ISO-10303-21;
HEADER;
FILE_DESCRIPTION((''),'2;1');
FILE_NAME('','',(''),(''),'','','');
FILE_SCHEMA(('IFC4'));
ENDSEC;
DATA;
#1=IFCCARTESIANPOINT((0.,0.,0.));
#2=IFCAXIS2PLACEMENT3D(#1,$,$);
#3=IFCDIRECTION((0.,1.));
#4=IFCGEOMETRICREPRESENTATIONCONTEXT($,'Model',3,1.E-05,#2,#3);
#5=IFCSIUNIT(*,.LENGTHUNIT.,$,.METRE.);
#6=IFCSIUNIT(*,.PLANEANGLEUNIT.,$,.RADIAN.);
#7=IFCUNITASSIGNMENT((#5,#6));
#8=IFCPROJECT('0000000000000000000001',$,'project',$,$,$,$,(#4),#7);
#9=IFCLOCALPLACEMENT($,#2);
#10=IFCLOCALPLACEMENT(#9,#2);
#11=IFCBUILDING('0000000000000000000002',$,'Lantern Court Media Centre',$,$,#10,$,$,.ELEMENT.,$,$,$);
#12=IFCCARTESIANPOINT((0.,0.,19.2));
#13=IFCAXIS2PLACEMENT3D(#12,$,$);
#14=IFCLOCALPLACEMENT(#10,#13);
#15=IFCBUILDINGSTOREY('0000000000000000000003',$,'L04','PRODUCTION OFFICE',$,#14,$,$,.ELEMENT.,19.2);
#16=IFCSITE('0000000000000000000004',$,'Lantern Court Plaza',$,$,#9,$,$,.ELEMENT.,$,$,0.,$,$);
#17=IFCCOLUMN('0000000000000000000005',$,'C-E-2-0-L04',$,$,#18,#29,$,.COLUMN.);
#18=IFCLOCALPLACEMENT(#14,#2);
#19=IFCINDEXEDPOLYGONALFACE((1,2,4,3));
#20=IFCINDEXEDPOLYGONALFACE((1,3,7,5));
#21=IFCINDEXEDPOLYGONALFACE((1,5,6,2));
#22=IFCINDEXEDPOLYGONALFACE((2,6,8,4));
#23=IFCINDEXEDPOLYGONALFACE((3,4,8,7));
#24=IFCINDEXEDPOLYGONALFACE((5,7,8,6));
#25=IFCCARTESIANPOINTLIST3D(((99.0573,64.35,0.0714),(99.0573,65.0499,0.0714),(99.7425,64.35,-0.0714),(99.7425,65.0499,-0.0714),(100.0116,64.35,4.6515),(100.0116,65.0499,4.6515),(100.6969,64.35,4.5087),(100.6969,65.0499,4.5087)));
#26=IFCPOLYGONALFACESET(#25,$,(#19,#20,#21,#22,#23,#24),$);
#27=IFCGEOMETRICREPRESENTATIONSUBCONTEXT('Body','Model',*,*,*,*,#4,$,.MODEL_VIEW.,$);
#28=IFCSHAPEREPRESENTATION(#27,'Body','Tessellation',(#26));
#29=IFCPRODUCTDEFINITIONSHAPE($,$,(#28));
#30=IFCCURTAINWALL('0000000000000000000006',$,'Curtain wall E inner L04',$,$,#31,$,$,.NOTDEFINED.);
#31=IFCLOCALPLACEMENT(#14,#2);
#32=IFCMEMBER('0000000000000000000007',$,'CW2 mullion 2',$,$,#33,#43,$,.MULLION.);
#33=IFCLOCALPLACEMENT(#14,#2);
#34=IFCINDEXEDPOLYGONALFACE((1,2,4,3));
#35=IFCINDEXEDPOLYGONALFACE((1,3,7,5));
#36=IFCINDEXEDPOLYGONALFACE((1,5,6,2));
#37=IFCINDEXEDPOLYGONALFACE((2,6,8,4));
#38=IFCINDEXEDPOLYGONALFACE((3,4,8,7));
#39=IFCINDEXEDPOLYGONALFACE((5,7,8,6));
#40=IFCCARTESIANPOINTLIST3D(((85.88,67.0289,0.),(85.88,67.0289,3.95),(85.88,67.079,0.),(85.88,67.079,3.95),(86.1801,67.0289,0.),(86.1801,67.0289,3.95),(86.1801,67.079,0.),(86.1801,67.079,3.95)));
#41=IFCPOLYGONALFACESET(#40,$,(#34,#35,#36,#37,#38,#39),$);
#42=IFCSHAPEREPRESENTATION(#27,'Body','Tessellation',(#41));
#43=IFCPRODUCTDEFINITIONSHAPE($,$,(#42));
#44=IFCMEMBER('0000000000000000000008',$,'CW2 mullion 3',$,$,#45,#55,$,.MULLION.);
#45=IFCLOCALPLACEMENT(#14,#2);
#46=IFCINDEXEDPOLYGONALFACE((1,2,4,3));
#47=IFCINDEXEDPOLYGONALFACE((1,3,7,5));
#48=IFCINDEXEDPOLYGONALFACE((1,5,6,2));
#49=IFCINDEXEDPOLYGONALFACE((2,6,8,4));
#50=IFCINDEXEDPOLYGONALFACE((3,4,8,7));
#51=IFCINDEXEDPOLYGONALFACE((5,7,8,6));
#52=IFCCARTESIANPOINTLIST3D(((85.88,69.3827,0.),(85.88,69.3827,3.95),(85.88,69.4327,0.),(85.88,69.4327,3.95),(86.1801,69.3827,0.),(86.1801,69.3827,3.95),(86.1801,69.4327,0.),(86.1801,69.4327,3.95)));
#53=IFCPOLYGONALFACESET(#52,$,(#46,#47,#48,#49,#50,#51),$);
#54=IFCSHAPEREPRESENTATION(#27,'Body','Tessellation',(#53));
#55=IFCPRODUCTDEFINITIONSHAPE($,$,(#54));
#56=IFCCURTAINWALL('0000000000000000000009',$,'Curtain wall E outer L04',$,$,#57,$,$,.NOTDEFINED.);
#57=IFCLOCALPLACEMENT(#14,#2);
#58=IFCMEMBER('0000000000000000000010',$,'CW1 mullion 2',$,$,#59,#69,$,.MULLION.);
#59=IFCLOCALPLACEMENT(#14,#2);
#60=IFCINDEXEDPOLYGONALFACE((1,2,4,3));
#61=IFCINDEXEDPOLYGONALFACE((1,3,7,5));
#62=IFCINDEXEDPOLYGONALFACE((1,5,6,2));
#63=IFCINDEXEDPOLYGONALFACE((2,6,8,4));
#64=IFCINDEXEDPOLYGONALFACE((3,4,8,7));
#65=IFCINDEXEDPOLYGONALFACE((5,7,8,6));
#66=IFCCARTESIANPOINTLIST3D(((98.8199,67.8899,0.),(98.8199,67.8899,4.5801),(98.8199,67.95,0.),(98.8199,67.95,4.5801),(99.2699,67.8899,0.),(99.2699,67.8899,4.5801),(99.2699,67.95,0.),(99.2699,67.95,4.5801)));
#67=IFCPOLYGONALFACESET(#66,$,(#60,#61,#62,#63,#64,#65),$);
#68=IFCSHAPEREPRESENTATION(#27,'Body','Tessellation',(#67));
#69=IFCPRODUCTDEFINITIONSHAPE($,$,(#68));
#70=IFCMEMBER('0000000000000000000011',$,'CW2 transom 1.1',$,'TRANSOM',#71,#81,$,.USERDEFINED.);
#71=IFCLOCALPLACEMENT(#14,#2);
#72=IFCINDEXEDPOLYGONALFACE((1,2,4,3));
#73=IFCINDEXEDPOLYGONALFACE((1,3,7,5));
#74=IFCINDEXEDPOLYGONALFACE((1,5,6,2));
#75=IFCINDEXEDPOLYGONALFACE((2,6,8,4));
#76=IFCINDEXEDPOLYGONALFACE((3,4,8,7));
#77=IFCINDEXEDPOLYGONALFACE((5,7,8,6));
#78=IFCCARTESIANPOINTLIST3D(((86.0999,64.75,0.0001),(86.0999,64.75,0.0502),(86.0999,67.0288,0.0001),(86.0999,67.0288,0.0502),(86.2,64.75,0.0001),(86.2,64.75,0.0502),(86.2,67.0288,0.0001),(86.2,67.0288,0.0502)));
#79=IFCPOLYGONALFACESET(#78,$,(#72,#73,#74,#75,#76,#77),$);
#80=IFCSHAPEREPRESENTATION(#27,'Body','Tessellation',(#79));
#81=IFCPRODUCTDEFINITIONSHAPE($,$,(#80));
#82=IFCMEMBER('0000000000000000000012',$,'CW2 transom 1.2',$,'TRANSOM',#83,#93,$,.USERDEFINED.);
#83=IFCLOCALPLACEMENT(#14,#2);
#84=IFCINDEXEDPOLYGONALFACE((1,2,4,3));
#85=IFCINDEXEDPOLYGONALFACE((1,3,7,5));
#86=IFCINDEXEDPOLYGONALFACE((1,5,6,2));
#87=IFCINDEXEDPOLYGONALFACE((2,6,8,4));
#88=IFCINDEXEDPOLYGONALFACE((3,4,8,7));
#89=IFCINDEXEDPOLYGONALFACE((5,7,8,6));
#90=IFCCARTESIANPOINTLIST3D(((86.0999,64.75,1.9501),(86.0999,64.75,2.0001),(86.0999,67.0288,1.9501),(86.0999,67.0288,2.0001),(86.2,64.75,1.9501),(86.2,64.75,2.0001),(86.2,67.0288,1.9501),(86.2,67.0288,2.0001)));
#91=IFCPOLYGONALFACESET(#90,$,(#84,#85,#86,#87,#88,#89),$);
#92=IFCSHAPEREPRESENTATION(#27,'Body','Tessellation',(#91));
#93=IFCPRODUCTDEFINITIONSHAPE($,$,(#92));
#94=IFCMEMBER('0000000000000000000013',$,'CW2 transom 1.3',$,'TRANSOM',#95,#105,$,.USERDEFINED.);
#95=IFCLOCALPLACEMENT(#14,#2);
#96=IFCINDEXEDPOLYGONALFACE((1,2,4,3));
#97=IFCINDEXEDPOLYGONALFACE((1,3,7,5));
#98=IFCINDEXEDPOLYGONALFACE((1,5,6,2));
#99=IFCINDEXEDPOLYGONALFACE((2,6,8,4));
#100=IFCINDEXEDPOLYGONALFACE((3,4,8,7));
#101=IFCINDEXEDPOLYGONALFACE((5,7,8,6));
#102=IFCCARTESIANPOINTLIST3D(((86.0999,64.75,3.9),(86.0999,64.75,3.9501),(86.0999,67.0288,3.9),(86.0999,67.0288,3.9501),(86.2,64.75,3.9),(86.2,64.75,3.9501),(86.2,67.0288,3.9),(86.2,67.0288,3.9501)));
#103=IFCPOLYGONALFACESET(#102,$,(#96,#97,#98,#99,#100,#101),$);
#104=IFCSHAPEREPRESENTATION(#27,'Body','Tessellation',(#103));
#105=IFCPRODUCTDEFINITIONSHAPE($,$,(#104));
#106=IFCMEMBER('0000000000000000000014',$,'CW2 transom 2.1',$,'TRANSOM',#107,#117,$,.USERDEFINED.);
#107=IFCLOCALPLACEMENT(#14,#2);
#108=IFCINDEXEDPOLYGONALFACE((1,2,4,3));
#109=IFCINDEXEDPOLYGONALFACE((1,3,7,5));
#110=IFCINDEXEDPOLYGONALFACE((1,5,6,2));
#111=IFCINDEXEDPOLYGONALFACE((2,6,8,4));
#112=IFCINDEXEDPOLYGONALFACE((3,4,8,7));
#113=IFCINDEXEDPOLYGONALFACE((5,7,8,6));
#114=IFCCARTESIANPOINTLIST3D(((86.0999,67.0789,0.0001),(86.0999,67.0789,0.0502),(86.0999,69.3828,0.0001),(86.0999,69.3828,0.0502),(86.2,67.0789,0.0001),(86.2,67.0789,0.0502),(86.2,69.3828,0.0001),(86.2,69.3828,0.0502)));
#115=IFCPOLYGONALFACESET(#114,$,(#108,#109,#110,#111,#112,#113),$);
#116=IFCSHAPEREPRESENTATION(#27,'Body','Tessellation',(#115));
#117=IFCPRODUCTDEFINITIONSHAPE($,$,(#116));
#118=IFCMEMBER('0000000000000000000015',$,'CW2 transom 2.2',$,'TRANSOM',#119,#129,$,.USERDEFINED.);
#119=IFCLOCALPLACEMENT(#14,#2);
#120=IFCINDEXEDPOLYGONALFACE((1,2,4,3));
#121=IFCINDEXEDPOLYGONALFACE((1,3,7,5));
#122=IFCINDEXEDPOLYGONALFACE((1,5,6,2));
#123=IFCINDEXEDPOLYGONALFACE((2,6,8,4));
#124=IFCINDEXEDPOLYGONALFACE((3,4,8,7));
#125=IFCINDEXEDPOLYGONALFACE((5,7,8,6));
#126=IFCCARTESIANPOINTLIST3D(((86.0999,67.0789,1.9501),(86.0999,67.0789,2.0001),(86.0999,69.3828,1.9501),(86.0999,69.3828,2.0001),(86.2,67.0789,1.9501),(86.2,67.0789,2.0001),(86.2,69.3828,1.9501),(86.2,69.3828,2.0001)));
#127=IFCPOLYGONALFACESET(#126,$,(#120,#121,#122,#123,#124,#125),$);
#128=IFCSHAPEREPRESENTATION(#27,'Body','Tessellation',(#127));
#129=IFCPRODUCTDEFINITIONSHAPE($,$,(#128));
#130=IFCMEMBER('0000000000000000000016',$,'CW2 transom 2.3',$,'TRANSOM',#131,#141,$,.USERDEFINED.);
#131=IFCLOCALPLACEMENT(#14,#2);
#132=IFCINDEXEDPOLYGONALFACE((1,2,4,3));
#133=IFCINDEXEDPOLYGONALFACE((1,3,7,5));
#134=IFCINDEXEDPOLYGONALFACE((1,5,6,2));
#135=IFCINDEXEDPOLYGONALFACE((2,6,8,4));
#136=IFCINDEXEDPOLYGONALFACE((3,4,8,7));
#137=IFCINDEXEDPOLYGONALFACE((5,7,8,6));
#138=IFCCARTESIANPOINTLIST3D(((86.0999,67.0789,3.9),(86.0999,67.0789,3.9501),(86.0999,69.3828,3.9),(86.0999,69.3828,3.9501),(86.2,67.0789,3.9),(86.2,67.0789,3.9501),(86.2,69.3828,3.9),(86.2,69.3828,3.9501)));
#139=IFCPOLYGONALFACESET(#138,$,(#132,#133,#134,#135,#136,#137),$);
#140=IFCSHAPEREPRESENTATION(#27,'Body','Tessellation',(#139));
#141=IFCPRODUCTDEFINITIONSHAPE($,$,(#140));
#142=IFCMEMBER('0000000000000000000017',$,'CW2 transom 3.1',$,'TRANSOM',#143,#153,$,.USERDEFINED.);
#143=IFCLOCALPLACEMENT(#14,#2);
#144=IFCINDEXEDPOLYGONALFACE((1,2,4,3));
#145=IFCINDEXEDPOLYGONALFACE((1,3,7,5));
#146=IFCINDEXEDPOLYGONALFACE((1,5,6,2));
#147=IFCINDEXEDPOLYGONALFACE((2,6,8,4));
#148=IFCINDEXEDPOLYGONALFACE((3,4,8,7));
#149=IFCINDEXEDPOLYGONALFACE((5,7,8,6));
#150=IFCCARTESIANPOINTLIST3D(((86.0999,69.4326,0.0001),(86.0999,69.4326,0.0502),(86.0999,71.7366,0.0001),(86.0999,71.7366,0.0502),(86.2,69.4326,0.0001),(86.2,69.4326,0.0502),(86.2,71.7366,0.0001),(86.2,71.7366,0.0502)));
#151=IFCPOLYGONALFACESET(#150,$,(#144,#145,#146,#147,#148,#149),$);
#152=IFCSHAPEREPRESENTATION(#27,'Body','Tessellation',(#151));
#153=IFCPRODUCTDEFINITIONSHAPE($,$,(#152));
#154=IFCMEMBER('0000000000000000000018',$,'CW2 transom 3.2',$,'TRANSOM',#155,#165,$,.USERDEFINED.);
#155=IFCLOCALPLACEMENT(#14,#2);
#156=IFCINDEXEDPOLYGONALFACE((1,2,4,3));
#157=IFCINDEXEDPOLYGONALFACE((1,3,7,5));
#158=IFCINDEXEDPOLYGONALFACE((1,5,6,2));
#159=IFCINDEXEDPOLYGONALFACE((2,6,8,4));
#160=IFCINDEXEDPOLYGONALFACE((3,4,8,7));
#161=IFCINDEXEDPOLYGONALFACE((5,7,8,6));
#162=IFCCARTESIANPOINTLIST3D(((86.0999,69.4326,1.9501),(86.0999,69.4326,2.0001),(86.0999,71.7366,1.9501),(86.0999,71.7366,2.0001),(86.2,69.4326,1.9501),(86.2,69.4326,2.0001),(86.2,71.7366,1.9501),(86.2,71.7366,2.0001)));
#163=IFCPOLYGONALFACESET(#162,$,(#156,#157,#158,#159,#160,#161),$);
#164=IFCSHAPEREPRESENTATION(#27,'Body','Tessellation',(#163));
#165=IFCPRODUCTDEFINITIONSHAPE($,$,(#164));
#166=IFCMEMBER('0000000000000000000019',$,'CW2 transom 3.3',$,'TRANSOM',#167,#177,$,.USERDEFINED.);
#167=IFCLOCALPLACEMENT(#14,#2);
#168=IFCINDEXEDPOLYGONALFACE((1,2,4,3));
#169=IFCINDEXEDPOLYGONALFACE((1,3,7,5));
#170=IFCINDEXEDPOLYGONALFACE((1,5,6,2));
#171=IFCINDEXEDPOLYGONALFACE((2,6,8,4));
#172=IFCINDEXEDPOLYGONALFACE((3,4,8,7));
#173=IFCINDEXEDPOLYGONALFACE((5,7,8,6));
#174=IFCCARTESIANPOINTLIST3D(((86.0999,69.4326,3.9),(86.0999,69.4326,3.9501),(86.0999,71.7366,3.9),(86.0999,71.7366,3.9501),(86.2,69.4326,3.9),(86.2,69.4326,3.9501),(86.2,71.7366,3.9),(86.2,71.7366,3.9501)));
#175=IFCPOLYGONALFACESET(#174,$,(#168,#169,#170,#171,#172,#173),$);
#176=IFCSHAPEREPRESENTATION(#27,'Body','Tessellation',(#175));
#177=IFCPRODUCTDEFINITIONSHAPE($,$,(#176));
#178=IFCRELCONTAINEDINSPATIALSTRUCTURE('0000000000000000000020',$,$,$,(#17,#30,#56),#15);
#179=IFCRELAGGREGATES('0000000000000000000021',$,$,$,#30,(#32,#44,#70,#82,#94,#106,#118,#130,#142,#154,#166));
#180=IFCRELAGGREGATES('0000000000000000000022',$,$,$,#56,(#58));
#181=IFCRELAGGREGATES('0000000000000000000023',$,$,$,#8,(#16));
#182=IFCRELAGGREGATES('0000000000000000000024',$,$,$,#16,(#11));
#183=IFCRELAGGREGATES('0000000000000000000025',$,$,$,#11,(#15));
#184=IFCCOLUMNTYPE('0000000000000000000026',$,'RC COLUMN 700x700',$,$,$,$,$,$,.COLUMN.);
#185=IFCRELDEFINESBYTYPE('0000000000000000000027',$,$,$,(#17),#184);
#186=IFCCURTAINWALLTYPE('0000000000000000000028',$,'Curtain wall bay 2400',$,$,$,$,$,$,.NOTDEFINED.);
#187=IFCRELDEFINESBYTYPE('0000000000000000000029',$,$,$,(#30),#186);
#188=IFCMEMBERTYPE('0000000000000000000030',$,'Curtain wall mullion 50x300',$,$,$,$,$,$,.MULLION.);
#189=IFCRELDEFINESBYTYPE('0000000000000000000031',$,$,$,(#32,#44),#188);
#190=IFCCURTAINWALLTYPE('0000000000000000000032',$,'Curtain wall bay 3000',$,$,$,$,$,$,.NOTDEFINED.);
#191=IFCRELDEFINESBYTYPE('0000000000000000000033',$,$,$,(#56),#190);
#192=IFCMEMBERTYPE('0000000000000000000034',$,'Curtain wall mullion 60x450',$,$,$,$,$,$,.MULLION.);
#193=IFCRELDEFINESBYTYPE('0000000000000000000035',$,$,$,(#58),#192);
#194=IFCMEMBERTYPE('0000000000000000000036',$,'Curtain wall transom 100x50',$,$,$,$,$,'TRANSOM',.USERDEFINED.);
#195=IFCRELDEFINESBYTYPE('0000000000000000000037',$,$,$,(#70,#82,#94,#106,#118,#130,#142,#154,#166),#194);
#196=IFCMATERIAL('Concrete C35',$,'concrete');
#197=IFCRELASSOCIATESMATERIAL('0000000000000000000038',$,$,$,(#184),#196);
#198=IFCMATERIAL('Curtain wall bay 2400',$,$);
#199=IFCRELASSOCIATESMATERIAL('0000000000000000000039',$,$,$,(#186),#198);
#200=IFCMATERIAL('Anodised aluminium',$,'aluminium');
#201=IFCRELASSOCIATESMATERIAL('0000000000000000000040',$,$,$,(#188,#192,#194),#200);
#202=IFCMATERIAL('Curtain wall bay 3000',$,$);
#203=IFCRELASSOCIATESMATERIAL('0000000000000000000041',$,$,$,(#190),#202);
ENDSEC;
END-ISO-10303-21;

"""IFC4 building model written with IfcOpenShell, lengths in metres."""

from ifc_helpers import new_model, si_unit, direction, frame, origin, origin_2d, place, context, subcontext, project, spatial, rectangle, extrude, material, material_profile, profile_set, type_object, element, aggregate, save


model = new_model("IFC4")

# Units and contexts
model_context = context("Model", 3, precision=1e-05, world=origin(), true_north=direction((0.0, 1.0)))
body_context = subcontext(model_context, "Body", "Model", "MODEL_VIEW")
ifc_project = project(units=[si_unit("LENGTHUNIT", "METRE"), si_unit("PLANEANGLEUNIT", "RADIAN")], contexts=[model_context])

# Site, building, storey
site_placement = place(None, origin())
site = spatial("IfcSite", under=ifc_project, at=site_placement, Name="Lantern Court Plaza", CompositionType="ELEMENT", RefElevation=0.0)
building_placement = place(site_placement, origin())
building = spatial("IfcBuilding", under=site, at=building_placement, Name="Lantern Court Media Centre", CompositionType="ELEMENT")
storey_placement = place(building_placement, frame((0.0, 0.0, 19.2)))
storey = spatial("IfcBuildingStorey", under=building, at=storey_placement, Name="L04", Description="PRODUCTION OFFICE", CompositionType="ELEMENT", Elevation=19.2)

# Column
ifc_material_1 = material(Name="Concrete C35", Category="concrete")
ifc_material_profile_1 = material_profile(ifc_material_1, rectangle(XDim=0.7, YDim=0.7, at=origin_2d()), Name="RC 700x700")
ifc_profile_set_1 = profile_set([ifc_material_profile_1], Name="Concrete C35")
column_type = type_object("IfcColumnType", Name="RC COLUMN 700x700", PredefinedType="COLUMN", material=ifc_profile_set_1)
column_placement = place(storey_placement, frame((99.3999, 64.7, 0.0), z_axis=(0.203988, 0.0, 0.978973), x_axis=(0.0, 1.0, 0.0)))
element("IfcColumn", 1, at=column_placement, inside=storey, type_object=column_type, Name="C-E-2-0-L04", PredefinedType="COLUMN", context=body_context, shape_type="SweptSolid", body=[
    extrude(rectangle(XDim=0.7, YDim=0.7, at=origin_2d()), origin(), (0.0, 0.0, 1.0), 4.6785),
])

# Curtain wall, members
ifc_material_2 = material(Name="Curtain wall bay 2400")
curtain_wall_type_1 = type_object("IfcCurtainWallType", Name="Curtain wall bay 2400", PredefinedType="NOTDEFINED", material=ifc_material_2)
curtain_wall_1_placement = place(storey_placement, origin())
curtain_wall_1 = element("IfcCurtainWall", 2, at=curtain_wall_1_placement, inside=storey, type_object=curtain_wall_type_1, Name="Curtain wall E inner L04", PredefinedType="NOTDEFINED")
ifc_material_3 = material(Name="Anodised aluminium", Category="aluminium")
ifc_material_profile_2 = material_profile(ifc_material_3, rectangle(XDim=0.3, YDim=0.05, at=origin_2d()), Name="AL 50x300")
ifc_profile_set_2 = profile_set([ifc_material_profile_2], Name="Anodised aluminium")
member_type_1 = type_object("IfcMemberType", Name="Curtain wall mullion 50x300", PredefinedType="MULLION", material=ifc_profile_set_2)
member_1_placement = place(storey_placement, frame((86.03, 67.054, 0.0), z_axis=(0.0, 0.0, 1.0), x_axis=(-1.0, 0.0, 0.0)))
member_1 = element("IfcMember", 3, at=member_1_placement, type_object=member_type_1, Name="CW2 mullion 2", PredefinedType="MULLION", context=body_context, shape_type="SweptSolid", body=[
    extrude(rectangle(XDim=0.3, YDim=0.05, at=origin_2d()), origin(), (0.0, 0.0, 1.0), 3.95),
])
member_2_placement = place(storey_placement, frame((86.03, 69.4077, 0.0), z_axis=(0.0, 0.0, 1.0), x_axis=(-1.0, 0.0, 0.0)))
member_2 = element("IfcMember", 4, at=member_2_placement, type_object=member_type_1, Name="CW2 mullion 3", PredefinedType="MULLION", context=body_context, shape_type="SweptSolid", body=[
    extrude(rectangle(XDim=0.3, YDim=0.05, at=origin_2d()), origin(), (0.0, 0.0, 1.0), 3.95),
])

# Curtain wall, member
ifc_material_4 = material(Name="Curtain wall bay 3000")
curtain_wall_type_2 = type_object("IfcCurtainWallType", Name="Curtain wall bay 3000", PredefinedType="NOTDEFINED", material=ifc_material_4)
curtain_wall_2_placement = place(storey_placement, origin())
curtain_wall_2 = element("IfcCurtainWall", 5, at=curtain_wall_2_placement, inside=storey, type_object=curtain_wall_type_2, Name="Curtain wall E outer L04", PredefinedType="NOTDEFINED")
ifc_material_profile_3 = material_profile(ifc_material_3, rectangle(XDim=0.45, YDim=0.0601, at=origin_2d()), Name="AL 60x450")
ifc_profile_set_3 = profile_set([ifc_material_profile_3], Name="Anodised aluminium")
member_type_2 = type_object("IfcMemberType", Name="Curtain wall mullion 60x450", PredefinedType="MULLION", material=ifc_profile_set_3)
member_3_placement = place(storey_placement, frame((99.0449, 67.9199, 0.0), z_axis=(0.0, 0.0, 1.0), x_axis=(-1.0, 0.0, 0.0)))
member_3 = element("IfcMember", 6, at=member_3_placement, type_object=member_type_2, Name="CW1 mullion 2", PredefinedType="MULLION", context=body_context, shape_type="SweptSolid", body=[
    extrude(rectangle(XDim=0.45, YDim=0.0601, at=origin_2d()), origin(), (0.0, 0.0, 1.0), 4.5801),
])

# Members
ifc_material_profile_4 = material_profile(ifc_material_3, rectangle(XDim=0.1001, YDim=0.05, at=origin_2d()), Name="AL 50x100")
ifc_profile_set_4 = profile_set([ifc_material_profile_4], Name="Anodised aluminium")
member_type_3 = type_object("IfcMemberType", Name="Curtain wall transom 100x50", ElementType="TRANSOM", PredefinedType="USERDEFINED", material=ifc_profile_set_4)
member_4_placement = place(storey_placement, frame((86.1499, 64.75, 0.0251), z_axis=(0.0, 1.0, 0.0), x_axis=(-1.0, 0.0, 0.0)))
member_4 = element("IfcMember", 7, at=member_4_placement, type_object=member_type_3, Name="CW2 transom 1.1", ObjectType="TRANSOM", PredefinedType="USERDEFINED", context=body_context, shape_type="SweptSolid", body=[
    extrude(rectangle(XDim=0.1001, YDim=0.05, at=origin_2d()), origin(), (0.0, 0.0, 1.0), 2.2788),
])
member_5_placement = place(storey_placement, frame((86.1499, 64.75, 1.9751), z_axis=(0.0, 1.0, 0.0), x_axis=(-1.0, 0.0, 0.0)))
member_5 = element("IfcMember", 8, at=member_5_placement, type_object=member_type_3, Name="CW2 transom 1.2", ObjectType="TRANSOM", PredefinedType="USERDEFINED", context=body_context, shape_type="SweptSolid", body=[
    extrude(rectangle(XDim=0.1001, YDim=0.05, at=origin_2d()), origin(), (0.0, 0.0, 1.0), 2.2788),
])
member_6_placement = place(storey_placement, frame((86.1499, 64.75, 3.925), z_axis=(0.0, 1.0, 0.0), x_axis=(-1.0, 0.0, 0.0)))
member_6 = element("IfcMember", 9, at=member_6_placement, type_object=member_type_3, Name="CW2 transom 1.3", ObjectType="TRANSOM", PredefinedType="USERDEFINED", context=body_context, shape_type="SweptSolid", body=[
    extrude(rectangle(XDim=0.1001, YDim=0.05, at=origin_2d()), origin(), (0.0, 0.0, 1.0), 2.2788),
])
member_7_placement = place(storey_placement, frame((86.1499, 67.0789, 0.0251), z_axis=(0.0, 1.0, 0.0), x_axis=(-1.0, 0.0, 0.0)))
member_7 = element("IfcMember", 10, at=member_7_placement, type_object=member_type_3, Name="CW2 transom 2.1", ObjectType="TRANSOM", PredefinedType="USERDEFINED", context=body_context, shape_type="SweptSolid", body=[
    extrude(rectangle(XDim=0.1001, YDim=0.05, at=origin_2d()), origin(), (0.0, 0.0, 1.0), 2.304),
])
member_8_placement = place(storey_placement, frame((86.1499, 67.0789, 1.9751), z_axis=(0.0, 1.0, 0.0), x_axis=(-1.0, 0.0, 0.0)))
member_8 = element("IfcMember", 11, at=member_8_placement, type_object=member_type_3, Name="CW2 transom 2.2", ObjectType="TRANSOM", PredefinedType="USERDEFINED", context=body_context, shape_type="SweptSolid", body=[
    extrude(rectangle(XDim=0.1001, YDim=0.05, at=origin_2d()), origin(), (0.0, 0.0, 1.0), 2.304),
])
member_9_placement = place(storey_placement, frame((86.1499, 67.0789, 3.925), z_axis=(0.0, 1.0, 0.0), x_axis=(-1.0, 0.0, 0.0)))
member_9 = element("IfcMember", 12, at=member_9_placement, type_object=member_type_3, Name="CW2 transom 2.3", ObjectType="TRANSOM", PredefinedType="USERDEFINED", context=body_context, shape_type="SweptSolid", body=[
    extrude(rectangle(XDim=0.1001, YDim=0.05, at=origin_2d()), origin(), (0.0, 0.0, 1.0), 2.304),
])
member_10_placement = place(storey_placement, frame((86.1499, 69.4326, 0.0251), z_axis=(0.0, 1.0, 0.0), x_axis=(-1.0, 0.0, 0.0)))
member_10 = element("IfcMember", 13, at=member_10_placement, type_object=member_type_3, Name="CW2 transom 3.1", ObjectType="TRANSOM", PredefinedType="USERDEFINED", context=body_context, shape_type="SweptSolid", body=[
    extrude(rectangle(XDim=0.1001, YDim=0.05, at=origin_2d()), origin(), (0.0, 0.0, 1.0), 2.304),
])
member_11_placement = place(storey_placement, frame((86.1499, 69.4326, 1.9751), z_axis=(0.0, 1.0, 0.0), x_axis=(-1.0, 0.0, 0.0)))
member_11 = element("IfcMember", 14, at=member_11_placement, type_object=member_type_3, Name="CW2 transom 3.2", ObjectType="TRANSOM", PredefinedType="USERDEFINED", context=body_context, shape_type="SweptSolid", body=[
    extrude(rectangle(XDim=0.1001, YDim=0.05, at=origin_2d()), origin(), (0.0, 0.0, 1.0), 2.304),
])
member_12_placement = place(storey_placement, frame((86.1499, 69.4326, 3.925), z_axis=(0.0, 1.0, 0.0), x_axis=(-1.0, 0.0, 0.0)))
member_12 = element("IfcMember", 15, at=member_12_placement, type_object=member_type_3, Name="CW2 transom 3.3", ObjectType="TRANSOM", PredefinedType="USERDEFINED", context=body_context, shape_type="SweptSolid", body=[
    extrude(rectangle(XDim=0.1001, YDim=0.05, at=origin_2d()), origin(), (0.0, 0.0, 1.0), 2.304),
])

aggregate(curtain_wall_1, [member_1, member_2, member_4, member_5, member_6, member_7, member_8, member_9, member_10, member_11, member_12])
aggregate(curtain_wall_2, [member_3])

save(model, "model.ifc")
